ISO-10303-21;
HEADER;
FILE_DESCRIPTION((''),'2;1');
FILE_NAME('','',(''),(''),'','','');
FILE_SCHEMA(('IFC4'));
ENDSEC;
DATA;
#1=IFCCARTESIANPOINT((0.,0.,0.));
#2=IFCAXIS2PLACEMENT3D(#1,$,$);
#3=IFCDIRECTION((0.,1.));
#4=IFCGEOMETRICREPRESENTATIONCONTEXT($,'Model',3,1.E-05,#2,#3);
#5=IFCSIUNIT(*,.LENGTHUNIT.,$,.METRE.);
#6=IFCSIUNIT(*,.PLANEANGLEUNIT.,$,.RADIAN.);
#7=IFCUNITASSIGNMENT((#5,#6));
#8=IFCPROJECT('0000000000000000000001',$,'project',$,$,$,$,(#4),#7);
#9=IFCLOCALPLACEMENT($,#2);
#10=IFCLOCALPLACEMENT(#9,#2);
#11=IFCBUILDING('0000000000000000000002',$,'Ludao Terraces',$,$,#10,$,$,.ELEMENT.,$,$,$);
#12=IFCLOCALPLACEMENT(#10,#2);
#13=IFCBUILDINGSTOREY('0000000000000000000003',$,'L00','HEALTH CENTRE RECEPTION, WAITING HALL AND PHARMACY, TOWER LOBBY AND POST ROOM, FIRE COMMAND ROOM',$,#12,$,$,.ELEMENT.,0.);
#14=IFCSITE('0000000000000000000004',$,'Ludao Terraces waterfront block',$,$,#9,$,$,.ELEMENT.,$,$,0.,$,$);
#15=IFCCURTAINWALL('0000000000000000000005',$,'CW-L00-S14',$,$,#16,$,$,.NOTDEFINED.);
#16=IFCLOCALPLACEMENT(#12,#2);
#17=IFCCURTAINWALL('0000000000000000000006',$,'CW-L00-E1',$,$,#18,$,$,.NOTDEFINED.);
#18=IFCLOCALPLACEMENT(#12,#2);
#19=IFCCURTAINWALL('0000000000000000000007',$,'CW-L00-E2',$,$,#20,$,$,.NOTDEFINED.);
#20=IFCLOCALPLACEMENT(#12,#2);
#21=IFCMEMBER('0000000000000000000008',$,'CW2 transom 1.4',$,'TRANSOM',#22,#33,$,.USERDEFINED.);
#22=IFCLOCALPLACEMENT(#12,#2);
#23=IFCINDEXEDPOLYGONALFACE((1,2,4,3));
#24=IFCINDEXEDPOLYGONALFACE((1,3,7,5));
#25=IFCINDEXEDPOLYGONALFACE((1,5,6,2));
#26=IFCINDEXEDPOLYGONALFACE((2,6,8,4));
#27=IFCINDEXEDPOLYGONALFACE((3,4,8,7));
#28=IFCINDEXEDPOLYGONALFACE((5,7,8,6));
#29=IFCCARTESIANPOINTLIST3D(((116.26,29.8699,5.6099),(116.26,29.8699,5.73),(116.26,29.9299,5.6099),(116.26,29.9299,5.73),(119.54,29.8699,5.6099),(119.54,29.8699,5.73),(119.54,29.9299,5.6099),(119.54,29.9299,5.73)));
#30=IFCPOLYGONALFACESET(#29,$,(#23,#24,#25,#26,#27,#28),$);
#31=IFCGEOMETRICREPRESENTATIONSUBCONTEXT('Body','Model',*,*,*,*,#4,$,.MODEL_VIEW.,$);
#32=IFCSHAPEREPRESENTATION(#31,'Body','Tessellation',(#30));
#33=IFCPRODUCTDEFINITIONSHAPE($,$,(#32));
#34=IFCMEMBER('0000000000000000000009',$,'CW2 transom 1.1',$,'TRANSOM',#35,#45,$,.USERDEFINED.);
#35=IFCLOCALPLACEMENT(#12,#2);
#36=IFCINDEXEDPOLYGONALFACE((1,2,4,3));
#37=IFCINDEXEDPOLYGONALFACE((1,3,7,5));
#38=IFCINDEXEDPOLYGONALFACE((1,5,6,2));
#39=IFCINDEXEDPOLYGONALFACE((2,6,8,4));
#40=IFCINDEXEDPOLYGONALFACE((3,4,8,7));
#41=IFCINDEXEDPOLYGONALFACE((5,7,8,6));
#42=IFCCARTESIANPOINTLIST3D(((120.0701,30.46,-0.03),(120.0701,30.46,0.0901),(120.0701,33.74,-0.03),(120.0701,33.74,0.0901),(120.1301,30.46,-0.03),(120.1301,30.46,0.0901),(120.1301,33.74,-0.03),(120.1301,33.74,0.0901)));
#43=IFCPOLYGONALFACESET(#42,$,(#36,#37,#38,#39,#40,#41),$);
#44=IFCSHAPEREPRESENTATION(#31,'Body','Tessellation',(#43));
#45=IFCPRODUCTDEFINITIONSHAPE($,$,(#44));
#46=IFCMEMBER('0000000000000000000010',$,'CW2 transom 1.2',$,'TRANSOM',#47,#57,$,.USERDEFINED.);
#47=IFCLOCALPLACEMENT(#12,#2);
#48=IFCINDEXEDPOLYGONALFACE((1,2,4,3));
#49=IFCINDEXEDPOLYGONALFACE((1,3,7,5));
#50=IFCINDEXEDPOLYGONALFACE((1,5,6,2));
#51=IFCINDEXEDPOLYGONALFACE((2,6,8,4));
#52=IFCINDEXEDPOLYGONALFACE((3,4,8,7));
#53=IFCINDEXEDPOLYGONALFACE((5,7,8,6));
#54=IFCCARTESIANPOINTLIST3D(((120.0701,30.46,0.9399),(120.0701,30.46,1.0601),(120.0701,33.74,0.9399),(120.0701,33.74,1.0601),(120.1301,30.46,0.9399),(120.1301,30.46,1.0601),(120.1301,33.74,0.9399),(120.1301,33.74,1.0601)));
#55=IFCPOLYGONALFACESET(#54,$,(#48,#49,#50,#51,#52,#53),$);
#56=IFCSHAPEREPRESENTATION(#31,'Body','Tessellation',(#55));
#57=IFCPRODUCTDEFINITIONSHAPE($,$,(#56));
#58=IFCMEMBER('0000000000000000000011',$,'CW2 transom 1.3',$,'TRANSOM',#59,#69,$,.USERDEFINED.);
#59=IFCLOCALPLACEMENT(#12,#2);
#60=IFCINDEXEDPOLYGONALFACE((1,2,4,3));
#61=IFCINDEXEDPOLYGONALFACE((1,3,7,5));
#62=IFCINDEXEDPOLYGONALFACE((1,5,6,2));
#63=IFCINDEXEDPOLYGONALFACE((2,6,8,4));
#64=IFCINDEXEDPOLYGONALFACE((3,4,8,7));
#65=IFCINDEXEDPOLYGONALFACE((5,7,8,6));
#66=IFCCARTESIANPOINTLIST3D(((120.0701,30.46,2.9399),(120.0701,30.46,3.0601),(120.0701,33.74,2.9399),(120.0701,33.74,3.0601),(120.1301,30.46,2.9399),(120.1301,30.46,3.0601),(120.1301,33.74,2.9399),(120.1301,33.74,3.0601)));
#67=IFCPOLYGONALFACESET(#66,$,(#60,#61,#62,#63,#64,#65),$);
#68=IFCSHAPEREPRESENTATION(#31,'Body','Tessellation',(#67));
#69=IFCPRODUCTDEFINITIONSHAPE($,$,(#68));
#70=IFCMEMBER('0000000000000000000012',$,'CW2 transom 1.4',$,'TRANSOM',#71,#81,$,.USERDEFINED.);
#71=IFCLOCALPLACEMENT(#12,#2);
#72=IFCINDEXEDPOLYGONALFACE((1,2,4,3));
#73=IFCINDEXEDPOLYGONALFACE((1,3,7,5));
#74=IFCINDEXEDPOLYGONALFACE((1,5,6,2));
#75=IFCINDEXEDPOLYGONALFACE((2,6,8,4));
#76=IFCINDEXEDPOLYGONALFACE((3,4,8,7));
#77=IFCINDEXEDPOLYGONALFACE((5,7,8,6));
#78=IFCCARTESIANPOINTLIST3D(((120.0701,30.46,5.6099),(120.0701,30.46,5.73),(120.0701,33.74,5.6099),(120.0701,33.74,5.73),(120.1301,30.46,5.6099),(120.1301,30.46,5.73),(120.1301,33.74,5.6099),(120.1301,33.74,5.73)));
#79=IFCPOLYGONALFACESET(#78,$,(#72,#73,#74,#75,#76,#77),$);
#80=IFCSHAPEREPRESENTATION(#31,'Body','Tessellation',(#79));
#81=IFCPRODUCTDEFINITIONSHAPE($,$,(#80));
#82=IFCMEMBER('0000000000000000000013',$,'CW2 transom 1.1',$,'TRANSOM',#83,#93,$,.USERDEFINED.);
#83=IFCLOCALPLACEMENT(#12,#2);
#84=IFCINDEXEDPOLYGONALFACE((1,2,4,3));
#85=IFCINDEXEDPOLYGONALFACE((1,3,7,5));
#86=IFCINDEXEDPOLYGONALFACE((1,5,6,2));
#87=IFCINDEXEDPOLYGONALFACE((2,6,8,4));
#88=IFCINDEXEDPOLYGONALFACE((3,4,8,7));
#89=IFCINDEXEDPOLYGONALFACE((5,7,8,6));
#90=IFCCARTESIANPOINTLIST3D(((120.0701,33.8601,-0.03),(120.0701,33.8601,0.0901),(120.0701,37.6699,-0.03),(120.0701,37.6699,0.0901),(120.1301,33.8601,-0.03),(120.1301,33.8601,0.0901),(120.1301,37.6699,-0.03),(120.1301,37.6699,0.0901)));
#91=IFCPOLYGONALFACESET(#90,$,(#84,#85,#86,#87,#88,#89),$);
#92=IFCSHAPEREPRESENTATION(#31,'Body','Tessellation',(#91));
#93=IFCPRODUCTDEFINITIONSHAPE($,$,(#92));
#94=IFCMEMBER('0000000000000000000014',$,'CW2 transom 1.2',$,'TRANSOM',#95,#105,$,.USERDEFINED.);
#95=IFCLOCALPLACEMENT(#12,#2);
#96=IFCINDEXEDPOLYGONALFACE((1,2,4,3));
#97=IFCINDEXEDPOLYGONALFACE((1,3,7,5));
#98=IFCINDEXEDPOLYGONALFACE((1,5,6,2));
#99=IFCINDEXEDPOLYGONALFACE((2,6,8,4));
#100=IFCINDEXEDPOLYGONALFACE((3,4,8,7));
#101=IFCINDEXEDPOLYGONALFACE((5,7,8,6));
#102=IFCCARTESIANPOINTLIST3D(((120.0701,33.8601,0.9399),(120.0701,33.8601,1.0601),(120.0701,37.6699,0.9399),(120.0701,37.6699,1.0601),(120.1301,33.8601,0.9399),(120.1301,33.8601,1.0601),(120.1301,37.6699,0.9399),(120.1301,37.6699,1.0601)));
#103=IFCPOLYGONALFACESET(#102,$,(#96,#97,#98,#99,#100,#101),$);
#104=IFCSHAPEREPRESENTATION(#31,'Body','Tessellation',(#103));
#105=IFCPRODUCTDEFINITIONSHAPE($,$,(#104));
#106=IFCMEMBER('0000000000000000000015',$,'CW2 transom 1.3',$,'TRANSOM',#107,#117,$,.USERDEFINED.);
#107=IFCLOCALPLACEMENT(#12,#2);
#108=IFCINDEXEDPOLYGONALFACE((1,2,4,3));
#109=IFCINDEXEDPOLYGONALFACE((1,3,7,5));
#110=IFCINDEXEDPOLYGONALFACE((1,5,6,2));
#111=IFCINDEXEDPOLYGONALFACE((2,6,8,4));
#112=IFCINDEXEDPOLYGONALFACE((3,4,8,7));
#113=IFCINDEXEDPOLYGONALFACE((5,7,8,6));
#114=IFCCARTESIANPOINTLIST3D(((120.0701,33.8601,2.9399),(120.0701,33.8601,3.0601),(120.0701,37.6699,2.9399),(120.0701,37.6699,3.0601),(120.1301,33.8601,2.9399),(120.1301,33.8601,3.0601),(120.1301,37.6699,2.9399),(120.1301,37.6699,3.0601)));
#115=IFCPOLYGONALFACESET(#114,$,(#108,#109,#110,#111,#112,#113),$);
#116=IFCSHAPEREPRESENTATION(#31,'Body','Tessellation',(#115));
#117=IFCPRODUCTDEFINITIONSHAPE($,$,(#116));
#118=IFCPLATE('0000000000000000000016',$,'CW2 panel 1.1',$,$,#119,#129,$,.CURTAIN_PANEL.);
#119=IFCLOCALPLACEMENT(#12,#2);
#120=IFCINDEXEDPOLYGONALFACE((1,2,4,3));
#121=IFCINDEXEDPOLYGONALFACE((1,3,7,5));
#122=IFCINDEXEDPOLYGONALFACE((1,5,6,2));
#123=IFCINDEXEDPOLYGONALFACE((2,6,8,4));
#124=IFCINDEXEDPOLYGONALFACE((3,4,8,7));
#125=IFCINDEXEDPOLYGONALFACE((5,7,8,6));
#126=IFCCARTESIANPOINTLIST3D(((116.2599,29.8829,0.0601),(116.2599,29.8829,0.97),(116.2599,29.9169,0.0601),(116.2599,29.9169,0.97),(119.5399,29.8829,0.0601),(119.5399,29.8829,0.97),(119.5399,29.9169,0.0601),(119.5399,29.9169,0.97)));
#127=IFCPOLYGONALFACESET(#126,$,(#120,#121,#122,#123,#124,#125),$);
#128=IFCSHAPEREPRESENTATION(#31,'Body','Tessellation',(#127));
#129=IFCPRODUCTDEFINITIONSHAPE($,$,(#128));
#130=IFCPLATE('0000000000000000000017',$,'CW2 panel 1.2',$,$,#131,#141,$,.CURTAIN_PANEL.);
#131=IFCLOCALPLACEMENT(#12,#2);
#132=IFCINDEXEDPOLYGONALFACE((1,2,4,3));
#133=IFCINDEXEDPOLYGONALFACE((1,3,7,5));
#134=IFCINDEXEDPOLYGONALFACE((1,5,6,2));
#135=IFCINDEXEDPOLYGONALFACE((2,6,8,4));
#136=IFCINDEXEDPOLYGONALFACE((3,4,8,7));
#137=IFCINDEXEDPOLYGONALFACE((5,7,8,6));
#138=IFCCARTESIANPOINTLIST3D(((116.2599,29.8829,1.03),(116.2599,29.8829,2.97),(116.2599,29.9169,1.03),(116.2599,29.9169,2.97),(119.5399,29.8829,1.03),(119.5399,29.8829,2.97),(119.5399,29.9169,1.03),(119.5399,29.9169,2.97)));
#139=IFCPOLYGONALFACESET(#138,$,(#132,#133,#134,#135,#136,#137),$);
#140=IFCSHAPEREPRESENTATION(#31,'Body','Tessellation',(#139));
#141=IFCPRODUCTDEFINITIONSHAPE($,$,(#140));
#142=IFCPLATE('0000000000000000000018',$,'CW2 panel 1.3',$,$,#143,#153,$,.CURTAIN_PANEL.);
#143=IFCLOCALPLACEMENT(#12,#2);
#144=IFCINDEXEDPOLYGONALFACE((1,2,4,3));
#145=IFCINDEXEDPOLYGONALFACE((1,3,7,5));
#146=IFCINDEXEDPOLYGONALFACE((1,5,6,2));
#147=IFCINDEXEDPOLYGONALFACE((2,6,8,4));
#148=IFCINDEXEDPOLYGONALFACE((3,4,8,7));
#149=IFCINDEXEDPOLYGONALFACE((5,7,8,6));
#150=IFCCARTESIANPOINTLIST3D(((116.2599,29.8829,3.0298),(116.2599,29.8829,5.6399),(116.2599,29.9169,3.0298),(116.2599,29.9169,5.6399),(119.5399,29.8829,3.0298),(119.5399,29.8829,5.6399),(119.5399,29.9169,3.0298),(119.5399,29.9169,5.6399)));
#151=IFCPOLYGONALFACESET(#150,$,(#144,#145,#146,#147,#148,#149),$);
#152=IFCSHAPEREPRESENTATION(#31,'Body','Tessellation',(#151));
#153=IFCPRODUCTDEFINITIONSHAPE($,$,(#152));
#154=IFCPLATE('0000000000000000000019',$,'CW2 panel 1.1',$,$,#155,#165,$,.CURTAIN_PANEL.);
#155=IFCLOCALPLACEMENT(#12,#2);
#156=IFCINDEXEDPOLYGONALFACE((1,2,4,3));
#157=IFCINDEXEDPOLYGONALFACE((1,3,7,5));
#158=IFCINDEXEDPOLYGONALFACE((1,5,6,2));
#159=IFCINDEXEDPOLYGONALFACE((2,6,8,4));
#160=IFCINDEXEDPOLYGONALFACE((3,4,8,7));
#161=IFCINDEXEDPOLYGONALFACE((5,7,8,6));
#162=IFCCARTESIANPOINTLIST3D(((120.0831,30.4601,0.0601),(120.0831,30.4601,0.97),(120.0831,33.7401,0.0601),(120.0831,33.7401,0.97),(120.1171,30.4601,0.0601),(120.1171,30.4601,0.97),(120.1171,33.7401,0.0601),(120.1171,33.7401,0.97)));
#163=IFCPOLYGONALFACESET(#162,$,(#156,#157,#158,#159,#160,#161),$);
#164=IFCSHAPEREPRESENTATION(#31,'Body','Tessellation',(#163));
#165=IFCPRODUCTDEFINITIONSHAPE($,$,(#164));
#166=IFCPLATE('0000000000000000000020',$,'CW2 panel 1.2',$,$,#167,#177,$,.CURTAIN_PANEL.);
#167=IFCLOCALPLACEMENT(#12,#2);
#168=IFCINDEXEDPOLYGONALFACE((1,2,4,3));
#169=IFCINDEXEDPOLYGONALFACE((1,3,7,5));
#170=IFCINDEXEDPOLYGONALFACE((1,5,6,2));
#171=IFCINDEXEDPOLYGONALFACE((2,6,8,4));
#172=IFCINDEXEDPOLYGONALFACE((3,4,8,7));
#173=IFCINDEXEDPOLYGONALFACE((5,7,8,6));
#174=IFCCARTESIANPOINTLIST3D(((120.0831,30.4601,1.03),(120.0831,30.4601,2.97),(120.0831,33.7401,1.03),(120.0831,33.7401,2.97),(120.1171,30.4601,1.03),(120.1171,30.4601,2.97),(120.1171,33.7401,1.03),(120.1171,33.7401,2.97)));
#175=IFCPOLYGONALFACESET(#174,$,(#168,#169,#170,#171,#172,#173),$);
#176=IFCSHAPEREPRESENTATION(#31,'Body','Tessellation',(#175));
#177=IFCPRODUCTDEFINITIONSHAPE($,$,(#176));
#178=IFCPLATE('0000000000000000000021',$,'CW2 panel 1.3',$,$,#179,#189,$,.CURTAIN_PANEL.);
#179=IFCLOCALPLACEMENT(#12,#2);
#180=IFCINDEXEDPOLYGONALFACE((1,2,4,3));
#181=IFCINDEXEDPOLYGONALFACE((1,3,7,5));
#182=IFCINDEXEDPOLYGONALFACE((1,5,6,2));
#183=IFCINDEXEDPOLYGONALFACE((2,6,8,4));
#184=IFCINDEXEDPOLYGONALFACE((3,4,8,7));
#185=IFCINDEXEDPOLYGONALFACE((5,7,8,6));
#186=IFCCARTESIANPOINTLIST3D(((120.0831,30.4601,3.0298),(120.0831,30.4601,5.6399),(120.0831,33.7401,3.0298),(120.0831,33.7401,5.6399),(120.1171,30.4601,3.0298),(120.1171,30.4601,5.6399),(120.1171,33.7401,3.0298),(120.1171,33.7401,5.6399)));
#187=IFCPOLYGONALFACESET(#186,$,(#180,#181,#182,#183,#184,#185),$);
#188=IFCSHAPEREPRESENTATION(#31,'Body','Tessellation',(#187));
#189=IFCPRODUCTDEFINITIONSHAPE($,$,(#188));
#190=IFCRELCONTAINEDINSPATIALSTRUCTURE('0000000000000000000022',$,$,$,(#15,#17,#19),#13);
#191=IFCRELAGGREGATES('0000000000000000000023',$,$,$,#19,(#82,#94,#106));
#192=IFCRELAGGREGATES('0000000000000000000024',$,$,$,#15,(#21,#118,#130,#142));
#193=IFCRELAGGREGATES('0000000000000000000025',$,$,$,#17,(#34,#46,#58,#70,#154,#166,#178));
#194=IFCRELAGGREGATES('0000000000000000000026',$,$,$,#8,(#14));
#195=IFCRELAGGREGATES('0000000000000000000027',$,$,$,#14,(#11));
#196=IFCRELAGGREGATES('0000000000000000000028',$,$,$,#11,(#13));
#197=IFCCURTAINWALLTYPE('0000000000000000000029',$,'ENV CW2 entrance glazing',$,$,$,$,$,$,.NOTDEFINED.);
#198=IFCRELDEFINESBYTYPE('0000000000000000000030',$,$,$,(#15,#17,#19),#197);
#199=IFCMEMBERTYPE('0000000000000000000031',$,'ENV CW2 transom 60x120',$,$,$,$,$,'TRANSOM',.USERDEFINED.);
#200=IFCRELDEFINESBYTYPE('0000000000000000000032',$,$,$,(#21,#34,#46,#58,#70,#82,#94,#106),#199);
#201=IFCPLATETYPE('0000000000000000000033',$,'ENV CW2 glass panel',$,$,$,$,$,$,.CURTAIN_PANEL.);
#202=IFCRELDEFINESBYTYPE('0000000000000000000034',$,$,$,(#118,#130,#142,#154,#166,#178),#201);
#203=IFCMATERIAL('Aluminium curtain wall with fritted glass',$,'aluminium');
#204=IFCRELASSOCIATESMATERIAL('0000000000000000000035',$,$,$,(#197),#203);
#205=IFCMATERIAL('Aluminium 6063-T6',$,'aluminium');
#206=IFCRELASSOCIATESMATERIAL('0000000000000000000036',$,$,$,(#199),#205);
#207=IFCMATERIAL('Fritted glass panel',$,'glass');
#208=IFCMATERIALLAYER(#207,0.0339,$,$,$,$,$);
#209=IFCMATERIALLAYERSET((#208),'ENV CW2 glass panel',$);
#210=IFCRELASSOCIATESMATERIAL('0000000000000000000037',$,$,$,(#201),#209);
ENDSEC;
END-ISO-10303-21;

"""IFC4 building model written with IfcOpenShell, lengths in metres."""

from ifc_helpers import new_model, si_unit, direction, frame, origin, origin_2d, place, context, subcontext, project, spatial, rectangle, extrude, material, layer, layer_set, material_profile, profile_set, type_object, element, aggregate, save


model = new_model("IFC4")

# Units and contexts
model_context = context("Model", 3, precision=1e-05, world=origin(), true_north=direction((0.0, 1.0)))
body_context = subcontext(model_context, "Body", "Model", "MODEL_VIEW")
ifc_project = project(units=[si_unit("LENGTHUNIT", "METRE"), si_unit("PLANEANGLEUNIT", "RADIAN")], contexts=[model_context])

# Site, building, storey
site_placement = place(None, origin())
site = spatial("IfcSite", under=ifc_project, at=site_placement, Name="Ludao Terraces waterfront block", CompositionType="ELEMENT", RefElevation=0.0)
building_placement = place(site_placement, origin())
building = spatial("IfcBuilding", under=site, at=building_placement, Name="Ludao Terraces", CompositionType="ELEMENT")
storey_placement = place(building_placement, origin())
storey = spatial("IfcBuildingStorey", under=building, at=storey_placement, Name="L00", Description="HEALTH CENTRE RECEPTION, WAITING HALL AND PHARMACY, TOWER LOBBY AND POST ROOM, FIRE COMMAND ROOM", CompositionType="ELEMENT", Elevation=0.0)

# Curtain wall
ifc_material_1 = material(Name="Aluminium curtain wall with fritted glass", Category="aluminium")
curtain_wall_type = type_object("IfcCurtainWallType", Name="ENV CW2 entrance glazing", PredefinedType="NOTDEFINED", material=ifc_material_1)
curtain_wall_1_placement = place(storey_placement, origin())
curtain_wall_1 = element("IfcCurtainWall", 1, at=curtain_wall_1_placement, inside=storey, type_object=curtain_wall_type, Name="CW-L00-S14", PredefinedType="NOTDEFINED")
ifc_material_2 = material(Name="Aluminium 6063-T6", Category="aluminium")

# Curtain wall
curtain_wall_2_placement = place(storey_placement, origin())
curtain_wall_2 = element("IfcCurtainWall", 2, at=curtain_wall_2_placement, inside=storey, type_object=curtain_wall_type, Name="CW-L00-E1", PredefinedType="NOTDEFINED")

# Curtain wall
curtain_wall_3_placement = place(storey_placement, origin())
curtain_wall_3 = element("IfcCurtainWall", 3, at=curtain_wall_3_placement, inside=storey, type_object=curtain_wall_type, Name="CW-L00-E2", PredefinedType="NOTDEFINED")

# Members
ifc_material_profile_1 = material_profile(ifc_material_2, rectangle(XDim=0.0601, YDim=0.1201, at=origin_2d()), Name="60 X 120")
ifc_profile_set_1 = profile_set([ifc_material_profile_1], Name="Aluminium 6063-T6")
member_type_1 = type_object("IfcMemberType", Name="ENV CW2 transom 60x120", ElementType="TRANSOM", PredefinedType="USERDEFINED", material=ifc_profile_set_1)
member_1_placement = place(storey_placement, frame((116.26, 29.8999, 5.6699), z_axis=(1.0, 0.0, 0.0), x_axis=(0.0, 1.0, 0.0)))
member_1 = element("IfcMember", 4, at=member_1_placement, type_object=member_type_1, Name="CW2 transom 1.4", ObjectType="TRANSOM", PredefinedType="USERDEFINED", context=body_context, shape_type="SweptSolid", body=[
    extrude(rectangle(XDim=0.0601, YDim=0.1201, at=origin_2d()), origin(), (0.0, 0.0, 1.0), 3.28),
])
member_2_placement = place(storey_placement, frame((120.1001, 30.46, 0.03), z_axis=(0.0, 1.0, 0.0), x_axis=(-1.0, 0.0, 0.0)))
member_2 = element("IfcMember", 5, at=member_2_placement, type_object=member_type_1, Name="CW2 transom 1.1", ObjectType="TRANSOM", PredefinedType="USERDEFINED", context=body_context, shape_type="SweptSolid", body=[
    extrude(rectangle(XDim=0.0601, YDim=0.1201, at=origin_2d()), origin(), (0.0, 0.0, 1.0), 3.28),
])
member_3_placement = place(storey_placement, frame((120.1001, 30.46, 1.0), z_axis=(0.0, 1.0, 0.0), x_axis=(-1.0, 0.0, 0.0)))
member_3 = element("IfcMember", 6, at=member_3_placement, type_object=member_type_1, Name="CW2 transom 1.2", ObjectType="TRANSOM", PredefinedType="USERDEFINED", context=body_context, shape_type="SweptSolid", body=[
    extrude(rectangle(XDim=0.0601, YDim=0.1201, at=origin_2d()), origin(), (0.0, 0.0, 1.0), 3.28),
])
member_4_placement = place(storey_placement, frame((120.1001, 30.46, 3.0), z_axis=(0.0, 1.0, 0.0), x_axis=(-1.0, 0.0, 0.0)))
member_4 = element("IfcMember", 7, at=member_4_placement, type_object=member_type_1, Name="CW2 transom 1.3", ObjectType="TRANSOM", PredefinedType="USERDEFINED", context=body_context, shape_type="SweptSolid", body=[
    extrude(rectangle(XDim=0.0601, YDim=0.1201, at=origin_2d()), origin(), (0.0, 0.0, 1.0), 3.28),
])
member_5_placement = place(storey_placement, frame((120.1001, 30.46, 5.6699), z_axis=(0.0, 1.0, 0.0), x_axis=(-1.0, 0.0, 0.0)))
member_5 = element("IfcMember", 8, at=member_5_placement, type_object=member_type_1, Name="CW2 transom 1.4", ObjectType="TRANSOM", PredefinedType="USERDEFINED", context=body_context, shape_type="SweptSolid", body=[
    extrude(rectangle(XDim=0.0601, YDim=0.1201, at=origin_2d()), origin(), (0.0, 0.0, 1.0), 3.28),
])
member_6_placement = place(storey_placement, frame((120.1001, 33.8601, 0.03), z_axis=(0.0, 1.0, 0.0), x_axis=(-1.0, 0.0, 0.0)))
member_6 = element("IfcMember", 9, at=member_6_placement, type_object=member_type_1, Name="CW2 transom 1.1", ObjectType="TRANSOM", PredefinedType="USERDEFINED", context=body_context, shape_type="SweptSolid", body=[
    extrude(rectangle(XDim=0.0601, YDim=0.1201, at=origin_2d()), origin(), (0.0, 0.0, 1.0), 3.8098),
])
member_7_placement = place(storey_placement, frame((120.1001, 33.8601, 1.0), z_axis=(0.0, 1.0, 0.0), x_axis=(-1.0, 0.0, 0.0)))
member_7 = element("IfcMember", 10, at=member_7_placement, type_object=member_type_1, Name="CW2 transom 1.2", ObjectType="TRANSOM", PredefinedType="USERDEFINED", context=body_context, shape_type="SweptSolid", body=[
    extrude(rectangle(XDim=0.0601, YDim=0.1201, at=origin_2d()), origin(), (0.0, 0.0, 1.0), 3.8098),
])
member_8_placement = place(storey_placement, frame((120.1001, 33.8601, 3.0), z_axis=(0.0, 1.0, 0.0), x_axis=(-1.0, 0.0, 0.0)))
member_8 = element("IfcMember", 11, at=member_8_placement, type_object=member_type_1, Name="CW2 transom 1.3", ObjectType="TRANSOM", PredefinedType="USERDEFINED", context=body_context, shape_type="SweptSolid", body=[
    extrude(rectangle(XDim=0.0601, YDim=0.1201, at=origin_2d()), origin(), (0.0, 0.0, 1.0), 3.8098),
])
aggregate(curtain_wall_3, [member_6, member_7, member_8])

# Plates
ifc_material_3 = material(Name="Fritted glass panel", Category="glass")
ifc_layer_1 = layer(ifc_material_3, 0.0339)
ifc_layer_set_1 = layer_set([ifc_layer_1], Name="ENV CW2 glass panel")
plate_type = type_object("IfcPlateType", Name="ENV CW2 glass panel", PredefinedType="CURTAIN_PANEL", material=ifc_layer_set_1)
plate_1_placement = place(storey_placement, frame((117.8999, 29.8999, 0.0601), z_axis=(0.0, 0.0, 1.0), x_axis=(1.0, 0.0, 0.0)))
plate_1 = element("IfcPlate", 12, at=plate_1_placement, type_object=plate_type, Name="CW2 panel 1.1", PredefinedType="CURTAIN_PANEL", context=body_context, shape_type="SweptSolid", body=[
    extrude(rectangle(XDim=3.28, YDim=0.0339, at=origin_2d()), origin(), (0.0, 0.0, 1.0), 0.9099),
])
plate_2_placement = place(storey_placement, frame((117.8999, 29.8999, 1.03), z_axis=(0.0, 0.0, 1.0), x_axis=(1.0, 0.0, 0.0)))
plate_2 = element("IfcPlate", 13, at=plate_2_placement, type_object=plate_type, Name="CW2 panel 1.2", PredefinedType="CURTAIN_PANEL", context=body_context, shape_type="SweptSolid", body=[
    extrude(rectangle(XDim=3.28, YDim=0.0339, at=origin_2d()), origin(), (0.0, 0.0, 1.0), 1.9399),
])
plate_3_placement = place(storey_placement, frame((117.8999, 29.8999, 3.0298), z_axis=(0.0, 0.0, 1.0), x_axis=(1.0, 0.0, 0.0)))
plate_3 = element("IfcPlate", 14, at=plate_3_placement, type_object=plate_type, Name="CW2 panel 1.3", PredefinedType="CURTAIN_PANEL", context=body_context, shape_type="SweptSolid", body=[
    extrude(rectangle(XDim=3.28, YDim=0.0339, at=origin_2d()), origin(), (0.0, 0.0, 1.0), 2.6101),
])
aggregate(curtain_wall_1, [member_1, plate_1, plate_2, plate_3])
plate_4_placement = place(storey_placement, frame((120.1001, 32.1001, 0.0601), z_axis=(0.0, 0.0, 1.0), x_axis=(0.0, 1.0, 0.0)))
plate_4 = element("IfcPlate", 15, at=plate_4_placement, type_object=plate_type, Name="CW2 panel 1.1", PredefinedType="CURTAIN_PANEL", context=body_context, shape_type="SweptSolid", body=[
    extrude(rectangle(XDim=3.28, YDim=0.0339, at=origin_2d()), origin(), (0.0, 0.0, 1.0), 0.9099),
])
plate_5_placement = place(storey_placement, frame((120.1001, 32.1001, 1.03), z_axis=(0.0, 0.0, 1.0), x_axis=(0.0, 1.0, 0.0)))
plate_5 = element("IfcPlate", 16, at=plate_5_placement, type_object=plate_type, Name="CW2 panel 1.2", PredefinedType="CURTAIN_PANEL", context=body_context, shape_type="SweptSolid", body=[
    extrude(rectangle(XDim=3.28, YDim=0.0339, at=origin_2d()), origin(), (0.0, 0.0, 1.0), 1.9399),
])
plate_6_placement = place(storey_placement, frame((120.1001, 32.1001, 3.0298), z_axis=(0.0, 0.0, 1.0), x_axis=(0.0, 1.0, 0.0)))
plate_6 = element("IfcPlate", 17, at=plate_6_placement, type_object=plate_type, Name="CW2 panel 1.3", PredefinedType="CURTAIN_PANEL", context=body_context, shape_type="SweptSolid", body=[
    extrude(rectangle(XDim=3.28, YDim=0.0339, at=origin_2d()), origin(), (0.0, 0.0, 1.0), 2.6101),
])
aggregate(curtain_wall_2, [member_2, member_3, member_4, member_5, plate_4, plate_5, plate_6])

save(model, "model.ifc")
